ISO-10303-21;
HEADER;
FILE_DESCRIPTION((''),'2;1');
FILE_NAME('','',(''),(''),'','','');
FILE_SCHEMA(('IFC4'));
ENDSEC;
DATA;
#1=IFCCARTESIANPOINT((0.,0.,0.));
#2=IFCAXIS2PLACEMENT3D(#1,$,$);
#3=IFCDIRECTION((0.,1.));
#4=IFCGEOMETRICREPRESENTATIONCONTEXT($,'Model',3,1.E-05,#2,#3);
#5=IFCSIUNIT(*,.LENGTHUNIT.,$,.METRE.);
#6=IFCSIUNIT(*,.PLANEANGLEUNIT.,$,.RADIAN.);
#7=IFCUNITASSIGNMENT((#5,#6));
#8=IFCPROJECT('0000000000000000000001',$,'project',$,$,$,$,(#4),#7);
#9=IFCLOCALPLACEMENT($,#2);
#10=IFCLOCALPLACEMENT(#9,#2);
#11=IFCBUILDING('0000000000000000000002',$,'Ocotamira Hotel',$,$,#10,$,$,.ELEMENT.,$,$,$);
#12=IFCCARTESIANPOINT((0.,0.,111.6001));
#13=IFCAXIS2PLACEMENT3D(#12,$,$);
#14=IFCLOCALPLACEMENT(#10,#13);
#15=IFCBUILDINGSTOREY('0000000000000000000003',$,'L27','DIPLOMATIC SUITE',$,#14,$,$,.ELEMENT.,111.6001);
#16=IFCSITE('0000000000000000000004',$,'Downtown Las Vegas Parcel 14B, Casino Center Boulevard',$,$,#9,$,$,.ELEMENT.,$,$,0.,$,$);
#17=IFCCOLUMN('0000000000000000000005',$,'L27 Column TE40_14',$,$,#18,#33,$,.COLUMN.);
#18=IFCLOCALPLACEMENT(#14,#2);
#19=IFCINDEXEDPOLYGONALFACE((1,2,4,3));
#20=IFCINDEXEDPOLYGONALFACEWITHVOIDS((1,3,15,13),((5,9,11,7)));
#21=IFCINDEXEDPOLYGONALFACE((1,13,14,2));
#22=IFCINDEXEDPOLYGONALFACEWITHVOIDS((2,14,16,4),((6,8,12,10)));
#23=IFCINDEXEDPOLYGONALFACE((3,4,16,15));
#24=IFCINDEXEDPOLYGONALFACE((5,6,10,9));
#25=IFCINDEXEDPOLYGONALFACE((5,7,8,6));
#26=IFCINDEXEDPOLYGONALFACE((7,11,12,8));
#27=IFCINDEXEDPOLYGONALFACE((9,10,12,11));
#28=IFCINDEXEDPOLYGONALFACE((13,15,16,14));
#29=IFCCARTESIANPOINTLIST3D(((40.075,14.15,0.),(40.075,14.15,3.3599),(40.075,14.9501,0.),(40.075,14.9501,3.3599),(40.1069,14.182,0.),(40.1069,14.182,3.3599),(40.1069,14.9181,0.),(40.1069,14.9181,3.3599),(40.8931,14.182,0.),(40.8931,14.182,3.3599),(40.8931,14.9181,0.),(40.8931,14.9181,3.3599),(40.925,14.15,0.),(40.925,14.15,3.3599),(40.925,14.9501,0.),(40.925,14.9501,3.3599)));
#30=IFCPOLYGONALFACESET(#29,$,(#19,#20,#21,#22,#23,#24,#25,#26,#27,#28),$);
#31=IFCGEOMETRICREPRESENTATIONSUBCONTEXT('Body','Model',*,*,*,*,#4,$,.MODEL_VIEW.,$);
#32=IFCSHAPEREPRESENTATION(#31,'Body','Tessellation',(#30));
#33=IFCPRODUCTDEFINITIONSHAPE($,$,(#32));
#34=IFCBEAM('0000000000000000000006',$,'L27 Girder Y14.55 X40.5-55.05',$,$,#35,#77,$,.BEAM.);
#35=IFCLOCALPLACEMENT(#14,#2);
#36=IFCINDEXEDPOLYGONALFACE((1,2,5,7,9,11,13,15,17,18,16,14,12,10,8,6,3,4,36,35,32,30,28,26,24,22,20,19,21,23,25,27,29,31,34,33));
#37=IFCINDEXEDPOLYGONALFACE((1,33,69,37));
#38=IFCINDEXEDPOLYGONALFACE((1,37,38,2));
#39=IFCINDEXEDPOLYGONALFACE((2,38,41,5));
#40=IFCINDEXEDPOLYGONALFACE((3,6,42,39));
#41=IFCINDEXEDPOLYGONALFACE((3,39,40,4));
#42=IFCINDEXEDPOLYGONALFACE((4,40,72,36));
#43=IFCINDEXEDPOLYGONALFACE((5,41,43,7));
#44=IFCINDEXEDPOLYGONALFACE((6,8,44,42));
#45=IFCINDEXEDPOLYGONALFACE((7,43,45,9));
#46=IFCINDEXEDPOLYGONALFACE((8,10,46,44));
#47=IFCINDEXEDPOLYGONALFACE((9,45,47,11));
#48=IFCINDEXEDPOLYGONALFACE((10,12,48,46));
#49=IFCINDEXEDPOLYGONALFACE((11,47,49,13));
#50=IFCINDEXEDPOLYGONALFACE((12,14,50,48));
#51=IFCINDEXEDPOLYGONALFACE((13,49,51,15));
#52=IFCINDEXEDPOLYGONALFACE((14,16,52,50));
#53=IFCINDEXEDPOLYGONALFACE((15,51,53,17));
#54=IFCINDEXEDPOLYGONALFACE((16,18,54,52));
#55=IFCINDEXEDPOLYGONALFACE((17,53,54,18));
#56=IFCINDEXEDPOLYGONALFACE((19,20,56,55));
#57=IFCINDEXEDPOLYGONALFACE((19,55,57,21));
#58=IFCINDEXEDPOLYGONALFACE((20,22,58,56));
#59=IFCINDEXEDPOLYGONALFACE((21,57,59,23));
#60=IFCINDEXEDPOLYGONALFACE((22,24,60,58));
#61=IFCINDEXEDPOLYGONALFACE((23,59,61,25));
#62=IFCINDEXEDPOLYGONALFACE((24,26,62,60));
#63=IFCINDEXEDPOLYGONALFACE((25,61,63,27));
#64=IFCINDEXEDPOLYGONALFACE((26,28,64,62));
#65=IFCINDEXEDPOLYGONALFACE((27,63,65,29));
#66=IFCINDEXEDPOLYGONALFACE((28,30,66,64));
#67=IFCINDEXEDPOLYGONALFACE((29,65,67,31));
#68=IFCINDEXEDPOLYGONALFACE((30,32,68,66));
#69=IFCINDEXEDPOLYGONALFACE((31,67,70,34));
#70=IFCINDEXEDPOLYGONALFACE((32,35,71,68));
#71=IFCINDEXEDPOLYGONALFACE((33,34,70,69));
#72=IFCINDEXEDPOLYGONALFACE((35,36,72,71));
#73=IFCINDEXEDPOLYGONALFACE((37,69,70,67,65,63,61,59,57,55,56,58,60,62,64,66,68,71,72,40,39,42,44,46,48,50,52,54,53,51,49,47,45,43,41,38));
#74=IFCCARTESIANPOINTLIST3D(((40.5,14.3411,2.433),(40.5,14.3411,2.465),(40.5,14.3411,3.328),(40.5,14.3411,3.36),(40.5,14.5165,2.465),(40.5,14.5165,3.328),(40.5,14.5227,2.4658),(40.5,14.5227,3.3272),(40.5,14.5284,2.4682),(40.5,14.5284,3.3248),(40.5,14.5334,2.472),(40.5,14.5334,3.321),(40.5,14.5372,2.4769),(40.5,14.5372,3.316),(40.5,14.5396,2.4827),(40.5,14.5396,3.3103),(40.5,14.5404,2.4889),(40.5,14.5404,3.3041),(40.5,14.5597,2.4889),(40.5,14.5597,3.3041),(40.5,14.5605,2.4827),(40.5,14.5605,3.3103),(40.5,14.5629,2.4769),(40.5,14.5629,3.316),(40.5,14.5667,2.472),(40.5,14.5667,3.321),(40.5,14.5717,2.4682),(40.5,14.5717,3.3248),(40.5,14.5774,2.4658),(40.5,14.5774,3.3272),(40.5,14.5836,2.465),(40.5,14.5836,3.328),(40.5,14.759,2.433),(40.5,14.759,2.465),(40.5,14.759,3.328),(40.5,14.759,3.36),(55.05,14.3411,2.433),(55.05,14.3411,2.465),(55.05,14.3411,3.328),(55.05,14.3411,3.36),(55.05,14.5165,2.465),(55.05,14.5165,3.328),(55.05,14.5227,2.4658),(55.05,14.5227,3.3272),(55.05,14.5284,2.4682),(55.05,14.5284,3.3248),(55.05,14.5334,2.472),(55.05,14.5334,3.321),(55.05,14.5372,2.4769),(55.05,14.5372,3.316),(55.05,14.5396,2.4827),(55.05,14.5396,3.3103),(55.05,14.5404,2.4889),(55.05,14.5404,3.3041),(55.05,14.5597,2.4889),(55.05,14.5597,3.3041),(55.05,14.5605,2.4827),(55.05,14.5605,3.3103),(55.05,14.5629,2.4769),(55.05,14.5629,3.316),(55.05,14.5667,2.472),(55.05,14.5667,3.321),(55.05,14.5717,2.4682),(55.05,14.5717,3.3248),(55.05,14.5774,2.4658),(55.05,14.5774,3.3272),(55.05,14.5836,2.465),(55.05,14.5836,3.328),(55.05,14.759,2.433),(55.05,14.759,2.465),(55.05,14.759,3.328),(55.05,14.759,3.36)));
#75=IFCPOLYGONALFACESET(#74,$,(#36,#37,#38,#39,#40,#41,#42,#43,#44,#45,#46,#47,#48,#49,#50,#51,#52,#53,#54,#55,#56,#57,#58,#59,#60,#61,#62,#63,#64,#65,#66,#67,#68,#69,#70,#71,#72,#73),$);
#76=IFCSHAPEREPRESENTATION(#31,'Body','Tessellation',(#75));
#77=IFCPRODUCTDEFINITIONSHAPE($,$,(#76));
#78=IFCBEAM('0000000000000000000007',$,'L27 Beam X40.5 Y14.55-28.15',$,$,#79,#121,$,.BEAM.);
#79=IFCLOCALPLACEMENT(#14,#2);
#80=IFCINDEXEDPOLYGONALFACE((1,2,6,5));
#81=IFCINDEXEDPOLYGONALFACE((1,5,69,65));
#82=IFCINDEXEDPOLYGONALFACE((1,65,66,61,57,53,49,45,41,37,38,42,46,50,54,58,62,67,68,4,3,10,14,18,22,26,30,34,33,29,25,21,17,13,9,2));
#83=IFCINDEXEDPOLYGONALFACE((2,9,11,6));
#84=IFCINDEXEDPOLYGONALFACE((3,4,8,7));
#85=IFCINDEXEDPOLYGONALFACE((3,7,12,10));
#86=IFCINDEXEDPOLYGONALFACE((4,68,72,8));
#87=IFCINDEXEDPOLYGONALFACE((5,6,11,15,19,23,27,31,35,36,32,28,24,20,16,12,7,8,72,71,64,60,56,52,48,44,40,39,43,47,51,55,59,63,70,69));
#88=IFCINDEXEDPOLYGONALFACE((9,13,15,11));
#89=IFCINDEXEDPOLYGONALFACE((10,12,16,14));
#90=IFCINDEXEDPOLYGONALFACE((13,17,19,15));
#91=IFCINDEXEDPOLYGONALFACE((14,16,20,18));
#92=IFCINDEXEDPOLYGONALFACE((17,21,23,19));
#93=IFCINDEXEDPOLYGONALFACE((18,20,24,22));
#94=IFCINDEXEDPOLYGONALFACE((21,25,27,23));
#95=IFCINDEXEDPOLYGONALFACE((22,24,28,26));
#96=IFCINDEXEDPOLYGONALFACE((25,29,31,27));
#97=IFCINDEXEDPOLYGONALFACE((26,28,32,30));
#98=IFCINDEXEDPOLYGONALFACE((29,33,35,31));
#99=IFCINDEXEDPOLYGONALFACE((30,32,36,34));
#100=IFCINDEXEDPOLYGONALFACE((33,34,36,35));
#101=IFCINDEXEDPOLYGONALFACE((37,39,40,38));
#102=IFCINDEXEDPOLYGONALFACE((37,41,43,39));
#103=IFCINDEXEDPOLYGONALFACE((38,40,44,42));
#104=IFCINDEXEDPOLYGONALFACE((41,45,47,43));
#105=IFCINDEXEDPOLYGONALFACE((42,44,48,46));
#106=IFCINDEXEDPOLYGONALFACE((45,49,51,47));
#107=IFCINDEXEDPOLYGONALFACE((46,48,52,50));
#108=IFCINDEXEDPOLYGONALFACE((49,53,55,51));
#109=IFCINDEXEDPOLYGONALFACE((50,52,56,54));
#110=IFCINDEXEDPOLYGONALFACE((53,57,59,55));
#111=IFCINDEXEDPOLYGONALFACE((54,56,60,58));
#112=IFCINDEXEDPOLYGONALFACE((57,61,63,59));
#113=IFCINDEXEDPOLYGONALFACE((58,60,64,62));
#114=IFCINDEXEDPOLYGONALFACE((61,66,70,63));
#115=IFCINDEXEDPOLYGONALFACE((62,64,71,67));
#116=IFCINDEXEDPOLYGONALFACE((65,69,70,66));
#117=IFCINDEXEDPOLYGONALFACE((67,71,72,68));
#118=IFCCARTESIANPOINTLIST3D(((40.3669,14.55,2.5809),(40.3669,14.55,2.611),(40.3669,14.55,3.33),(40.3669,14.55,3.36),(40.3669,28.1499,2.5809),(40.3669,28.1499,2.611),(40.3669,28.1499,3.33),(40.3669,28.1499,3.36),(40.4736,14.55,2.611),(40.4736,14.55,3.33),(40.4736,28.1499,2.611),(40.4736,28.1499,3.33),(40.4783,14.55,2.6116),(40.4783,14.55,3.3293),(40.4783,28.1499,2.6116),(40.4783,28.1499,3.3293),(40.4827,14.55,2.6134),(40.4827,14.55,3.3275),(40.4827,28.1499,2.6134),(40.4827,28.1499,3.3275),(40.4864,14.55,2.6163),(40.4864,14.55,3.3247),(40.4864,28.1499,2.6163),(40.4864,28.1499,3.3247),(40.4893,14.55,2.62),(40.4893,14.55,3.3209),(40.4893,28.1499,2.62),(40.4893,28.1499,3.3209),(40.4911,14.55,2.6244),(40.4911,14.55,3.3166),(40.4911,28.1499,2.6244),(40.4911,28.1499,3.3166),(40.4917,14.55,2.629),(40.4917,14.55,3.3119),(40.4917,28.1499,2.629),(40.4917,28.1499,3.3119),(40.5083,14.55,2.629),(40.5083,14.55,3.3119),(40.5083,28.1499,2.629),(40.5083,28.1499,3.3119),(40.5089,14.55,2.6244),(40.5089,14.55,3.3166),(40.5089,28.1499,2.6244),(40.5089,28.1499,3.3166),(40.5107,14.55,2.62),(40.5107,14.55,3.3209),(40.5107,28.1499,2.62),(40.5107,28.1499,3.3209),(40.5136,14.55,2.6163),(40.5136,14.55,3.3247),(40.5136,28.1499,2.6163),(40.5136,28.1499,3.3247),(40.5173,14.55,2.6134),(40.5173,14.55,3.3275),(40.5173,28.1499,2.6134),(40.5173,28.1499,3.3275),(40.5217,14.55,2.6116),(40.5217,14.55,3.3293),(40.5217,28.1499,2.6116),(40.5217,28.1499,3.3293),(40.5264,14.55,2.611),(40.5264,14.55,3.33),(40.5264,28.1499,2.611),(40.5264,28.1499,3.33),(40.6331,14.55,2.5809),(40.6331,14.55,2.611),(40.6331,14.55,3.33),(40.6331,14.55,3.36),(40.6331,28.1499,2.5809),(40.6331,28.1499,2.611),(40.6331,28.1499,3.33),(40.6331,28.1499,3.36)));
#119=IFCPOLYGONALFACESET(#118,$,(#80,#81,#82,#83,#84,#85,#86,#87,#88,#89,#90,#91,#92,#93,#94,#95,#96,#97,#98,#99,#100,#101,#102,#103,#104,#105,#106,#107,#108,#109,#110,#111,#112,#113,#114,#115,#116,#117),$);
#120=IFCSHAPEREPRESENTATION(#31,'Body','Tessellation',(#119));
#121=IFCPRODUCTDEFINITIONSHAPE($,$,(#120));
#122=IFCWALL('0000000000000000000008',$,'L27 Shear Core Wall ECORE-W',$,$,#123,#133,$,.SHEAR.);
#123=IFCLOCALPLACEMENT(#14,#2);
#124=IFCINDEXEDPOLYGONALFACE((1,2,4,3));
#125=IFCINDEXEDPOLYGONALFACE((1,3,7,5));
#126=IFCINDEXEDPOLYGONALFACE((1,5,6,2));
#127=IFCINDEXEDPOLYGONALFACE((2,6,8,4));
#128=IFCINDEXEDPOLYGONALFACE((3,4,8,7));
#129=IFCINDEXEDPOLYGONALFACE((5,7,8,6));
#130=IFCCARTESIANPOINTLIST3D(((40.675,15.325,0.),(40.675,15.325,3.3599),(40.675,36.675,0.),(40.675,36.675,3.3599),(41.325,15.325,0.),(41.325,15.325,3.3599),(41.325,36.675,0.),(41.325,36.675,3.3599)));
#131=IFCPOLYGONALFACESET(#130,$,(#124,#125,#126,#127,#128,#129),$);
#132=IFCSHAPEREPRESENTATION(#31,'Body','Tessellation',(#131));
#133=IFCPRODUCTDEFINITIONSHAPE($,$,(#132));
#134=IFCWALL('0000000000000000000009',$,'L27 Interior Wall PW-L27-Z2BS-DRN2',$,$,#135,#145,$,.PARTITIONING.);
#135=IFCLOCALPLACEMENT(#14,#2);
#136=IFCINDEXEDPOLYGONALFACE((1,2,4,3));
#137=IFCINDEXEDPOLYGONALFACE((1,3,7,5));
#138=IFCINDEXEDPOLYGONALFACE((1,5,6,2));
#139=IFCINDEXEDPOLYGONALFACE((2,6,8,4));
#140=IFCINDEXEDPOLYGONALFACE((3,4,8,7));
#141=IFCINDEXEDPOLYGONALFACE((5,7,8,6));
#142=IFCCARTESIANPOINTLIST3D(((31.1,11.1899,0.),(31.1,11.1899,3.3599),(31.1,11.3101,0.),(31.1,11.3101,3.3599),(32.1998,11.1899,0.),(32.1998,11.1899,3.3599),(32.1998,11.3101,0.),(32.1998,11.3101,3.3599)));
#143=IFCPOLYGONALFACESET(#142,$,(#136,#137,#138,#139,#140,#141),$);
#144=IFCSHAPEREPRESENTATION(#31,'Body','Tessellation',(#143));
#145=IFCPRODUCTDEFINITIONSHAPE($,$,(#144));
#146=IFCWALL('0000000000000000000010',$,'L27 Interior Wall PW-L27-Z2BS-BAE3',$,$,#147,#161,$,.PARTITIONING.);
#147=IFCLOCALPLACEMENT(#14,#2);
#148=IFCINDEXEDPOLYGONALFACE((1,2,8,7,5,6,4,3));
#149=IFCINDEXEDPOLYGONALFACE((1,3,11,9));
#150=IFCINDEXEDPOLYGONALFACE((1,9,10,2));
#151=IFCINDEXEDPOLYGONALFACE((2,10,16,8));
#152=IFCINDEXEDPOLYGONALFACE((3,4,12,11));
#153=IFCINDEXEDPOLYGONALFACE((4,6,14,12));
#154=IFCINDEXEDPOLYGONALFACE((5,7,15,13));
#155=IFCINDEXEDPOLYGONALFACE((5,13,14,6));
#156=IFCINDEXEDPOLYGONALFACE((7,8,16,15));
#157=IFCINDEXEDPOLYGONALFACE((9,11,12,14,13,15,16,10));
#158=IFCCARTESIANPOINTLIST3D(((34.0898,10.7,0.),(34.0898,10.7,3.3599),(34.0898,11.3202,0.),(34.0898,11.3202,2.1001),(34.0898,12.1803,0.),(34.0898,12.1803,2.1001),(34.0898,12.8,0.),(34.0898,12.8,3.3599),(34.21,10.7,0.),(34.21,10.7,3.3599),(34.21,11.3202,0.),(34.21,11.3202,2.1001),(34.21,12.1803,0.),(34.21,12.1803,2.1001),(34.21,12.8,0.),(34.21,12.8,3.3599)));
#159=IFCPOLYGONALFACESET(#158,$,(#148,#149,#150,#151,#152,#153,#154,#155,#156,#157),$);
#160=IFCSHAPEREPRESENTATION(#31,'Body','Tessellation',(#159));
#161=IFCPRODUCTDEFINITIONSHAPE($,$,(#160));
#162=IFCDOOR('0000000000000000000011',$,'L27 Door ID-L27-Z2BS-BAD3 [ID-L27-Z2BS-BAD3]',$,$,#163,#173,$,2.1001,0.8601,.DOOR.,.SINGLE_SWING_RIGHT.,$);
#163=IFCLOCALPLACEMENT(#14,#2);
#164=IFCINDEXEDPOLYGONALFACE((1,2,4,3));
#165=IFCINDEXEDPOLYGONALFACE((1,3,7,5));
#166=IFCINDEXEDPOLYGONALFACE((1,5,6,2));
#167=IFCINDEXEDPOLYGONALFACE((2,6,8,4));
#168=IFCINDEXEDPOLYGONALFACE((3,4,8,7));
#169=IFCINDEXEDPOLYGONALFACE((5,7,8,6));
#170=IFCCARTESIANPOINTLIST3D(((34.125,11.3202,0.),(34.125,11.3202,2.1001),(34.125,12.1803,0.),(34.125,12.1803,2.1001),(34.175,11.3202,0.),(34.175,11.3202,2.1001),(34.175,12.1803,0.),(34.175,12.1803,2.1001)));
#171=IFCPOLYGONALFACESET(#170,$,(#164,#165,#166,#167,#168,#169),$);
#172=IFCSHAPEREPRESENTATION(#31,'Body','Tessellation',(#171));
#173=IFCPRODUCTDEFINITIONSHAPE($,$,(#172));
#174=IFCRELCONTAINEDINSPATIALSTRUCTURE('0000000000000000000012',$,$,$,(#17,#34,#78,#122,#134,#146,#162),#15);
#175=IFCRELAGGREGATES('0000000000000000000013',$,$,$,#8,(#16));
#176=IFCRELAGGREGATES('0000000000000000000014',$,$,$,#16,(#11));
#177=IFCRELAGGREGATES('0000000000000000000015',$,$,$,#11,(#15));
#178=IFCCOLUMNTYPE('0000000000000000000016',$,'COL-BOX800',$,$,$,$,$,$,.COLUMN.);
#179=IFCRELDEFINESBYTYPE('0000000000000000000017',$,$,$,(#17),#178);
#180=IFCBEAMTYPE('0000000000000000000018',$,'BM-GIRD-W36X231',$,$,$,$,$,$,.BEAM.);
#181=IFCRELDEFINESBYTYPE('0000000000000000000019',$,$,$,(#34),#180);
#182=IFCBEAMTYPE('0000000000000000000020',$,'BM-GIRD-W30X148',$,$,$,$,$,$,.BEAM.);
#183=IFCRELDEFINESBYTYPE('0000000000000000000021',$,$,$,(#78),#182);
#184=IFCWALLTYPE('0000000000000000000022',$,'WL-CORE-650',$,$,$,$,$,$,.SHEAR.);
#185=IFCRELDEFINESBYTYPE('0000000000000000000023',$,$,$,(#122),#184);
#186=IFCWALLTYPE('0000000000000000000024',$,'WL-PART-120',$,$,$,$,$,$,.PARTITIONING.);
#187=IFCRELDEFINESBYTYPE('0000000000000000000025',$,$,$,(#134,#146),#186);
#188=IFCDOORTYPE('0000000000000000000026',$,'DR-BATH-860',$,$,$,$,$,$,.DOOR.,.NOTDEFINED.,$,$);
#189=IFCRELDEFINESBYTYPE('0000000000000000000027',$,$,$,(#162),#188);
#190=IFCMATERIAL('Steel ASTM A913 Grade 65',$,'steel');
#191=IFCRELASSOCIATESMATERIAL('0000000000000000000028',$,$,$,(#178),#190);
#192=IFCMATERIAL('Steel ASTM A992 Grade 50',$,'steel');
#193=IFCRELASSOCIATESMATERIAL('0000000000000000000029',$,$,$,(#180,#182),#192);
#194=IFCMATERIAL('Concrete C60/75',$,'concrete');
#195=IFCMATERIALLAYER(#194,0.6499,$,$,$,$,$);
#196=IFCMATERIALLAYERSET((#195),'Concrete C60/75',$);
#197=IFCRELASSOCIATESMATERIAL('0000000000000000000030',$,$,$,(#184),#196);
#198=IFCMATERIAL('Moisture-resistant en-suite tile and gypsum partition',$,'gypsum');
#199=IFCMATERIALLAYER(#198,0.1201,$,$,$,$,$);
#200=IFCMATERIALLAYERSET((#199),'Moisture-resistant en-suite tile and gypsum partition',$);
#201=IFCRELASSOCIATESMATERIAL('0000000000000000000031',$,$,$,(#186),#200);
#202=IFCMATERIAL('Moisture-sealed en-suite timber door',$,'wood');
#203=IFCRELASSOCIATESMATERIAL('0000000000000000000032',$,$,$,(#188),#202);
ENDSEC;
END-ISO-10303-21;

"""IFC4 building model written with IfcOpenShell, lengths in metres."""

from ifc_helpers import new_model, si_unit, direction, frame, frame_2d, origin, origin_2d, place, context, subcontext, project, spatial, rectangle, hollow_rectangle, i_section, extrude, source, transform, mapped, material, layer, layer_set, material_profile, profile_set, type_object, element, fill, save


model = new_model("IFC4")

# Units and contexts
model_context = context("Model", 3, precision=1e-05, world=origin(), true_north=direction((0.0, 1.0)))
body_context = subcontext(model_context, "Body", "Model", "MODEL_VIEW")
ifc_project = project(units=[si_unit("LENGTHUNIT", "METRE"), si_unit("PLANEANGLEUNIT", "RADIAN")], contexts=[model_context])

# Site, building, storey
site_placement = place(None, origin())
site = spatial("IfcSite", under=ifc_project, at=site_placement, Name="Downtown Las Vegas Parcel 14B, Casino Center Boulevard", CompositionType="ELEMENT", RefElevation=0.0)
building_placement = place(site_placement, origin())
building = spatial("IfcBuilding", under=site, at=building_placement, Name="Ocotamira Hotel", CompositionType="ELEMENT")
storey_placement = place(building_placement, frame((0.0, 0.0, 111.6001)))
storey = spatial("IfcBuildingStorey", under=building, at=storey_placement, Name="L27", Description="DIPLOMATIC SUITE", CompositionType="ELEMENT", Elevation=111.6001)

# Column
ifc_material_1 = material(Name="Steel ASTM A913 Grade 65", Category="steel")
ifc_material_profile_1 = material_profile(ifc_material_1, hollow_rectangle(XDim=0.8501, YDim=0.8, WallThickness=0.032, at=origin_2d()), Name="BOX800X850X32")
ifc_profile_set_1 = profile_set([ifc_material_profile_1], Name="Steel ASTM A913 Grade 65")
column_type = type_object("IfcColumnType", Name="COL-BOX800", PredefinedType="COLUMN", material=ifc_profile_set_1)
shared_shape_1 = source(origin(), body_context, "Body", "SweptSolid", [
    extrude(hollow_rectangle(XDim=0.8501, YDim=0.8, WallThickness=0.032, at=origin_2d()), origin(), (0.0, 0.0, 1.0), 3.3599),
])
column_placement = place(storey_placement, frame((40.5, 14.55, 0.0), z_axis=(0.0, 0.0, 1.0), x_axis=(1.0, 0.0, 0.0)))
element("IfcColumn", 1, at=column_placement, inside=storey, type_object=column_type, Name="L27 Column TE40_14", PredefinedType="COLUMN", context=body_context, shape_type="MappedRepresentation", body=[
    mapped(shared_shape_1, transform((0.0, 0.0, 0.0), scale=1.0)),
])

# Beams
ifc_material_2 = material(Name="Steel ASTM A992 Grade 50", Category="steel")
ifc_material_profile_2 = material_profile(ifc_material_2, i_section(OverallWidth=0.418, OverallDepth=0.927, WebThickness=0.0193, FlangeThickness=0.032, FilletRadius=0.0239, at=origin_2d()), Name="W36X231")
ifc_profile_set_2 = profile_set([ifc_material_profile_2], Name="Steel ASTM A992 Grade 50")
beam_type_1 = type_object("IfcBeamType", Name="BM-GIRD-W36X231", PredefinedType="BEAM", material=ifc_profile_set_2)
shared_shape_2 = source(origin(), body_context, "Body", "SweptSolid", [
    extrude(i_section(OverallWidth=0.418, OverallDepth=0.927, WebThickness=0.0193, FlangeThickness=0.032, FilletRadius=0.0239, at=origin_2d()), origin(), (0.0, 0.0, 1.0), 14.55),
])
beam_1_placement = place(storey_placement, frame((40.5, 14.55, 2.8965), z_axis=(1.0, 0.0, 0.0), x_axis=(0.0, 1.0, 0.0)))
element("IfcBeam", 2, at=beam_1_placement, inside=storey, type_object=beam_type_1, Name="L27 Girder Y14.55 X40.5-55.05", PredefinedType="BEAM", context=body_context, shape_type="MappedRepresentation", body=[
    mapped(shared_shape_2, transform((0.0, 0.0, 0.0), scale=1.0)),
])
ifc_material_profile_3 = material_profile(ifc_material_2, i_section(OverallWidth=0.2661, OverallDepth=0.7791, WebThickness=0.0166, FlangeThickness=0.03, FilletRadius=0.0181, at=origin_2d()), Name="W30X148")
ifc_profile_set_3 = profile_set([ifc_material_profile_3], Name="Steel ASTM A992 Grade 50")
beam_type_2 = type_object("IfcBeamType", Name="BM-GIRD-W30X148", PredefinedType="BEAM", material=ifc_profile_set_3)
shared_shape_3 = source(origin(), body_context, "Body", "SweptSolid", [
    extrude(i_section(OverallWidth=0.2661, OverallDepth=0.7791, WebThickness=0.0166, FlangeThickness=0.03, FilletRadius=0.0181, at=origin_2d()), origin(), (0.0, 0.0, 1.0), 13.5999),
])
beam_2_placement = place(storey_placement, frame((40.5, 14.55, 2.9705), z_axis=(0.0, 1.0, 0.0), x_axis=(-1.0, 0.0, 0.0)))
element("IfcBeam", 3, at=beam_2_placement, inside=storey, type_object=beam_type_2, Name="L27 Beam X40.5 Y14.55-28.15", PredefinedType="BEAM", context=body_context, shape_type="MappedRepresentation", body=[
    mapped(shared_shape_3, transform((0.0, 0.0, 0.0), scale=1.0)),
])

# Shared definitions
ifc_material_3 = material(Name="Concrete C60/75", Category="concrete")
ifc_layer_1 = layer(ifc_material_3, 0.6499)
ifc_layer_set_1 = layer_set([ifc_layer_1], Name="Concrete C60/75")
wall_type_1 = type_object("IfcWallType", Name="WL-CORE-650", PredefinedType="SHEAR", material=ifc_layer_set_1)

# Walls
wall_1_placement = place(storey_placement, frame((41.0, 15.325, 0.0), z_axis=(0.0, 0.0, 1.0), x_axis=(0.0, 1.0, 0.0)))
element("IfcWall", 4, at=wall_1_placement, inside=storey, type_object=wall_type_1, Name="L27 Shear Core Wall ECORE-W", PredefinedType="SHEAR", context=body_context, shape_type="SweptSolid", body=[
    extrude(rectangle(XDim=21.3501, YDim=0.6499, at=frame_2d((10.675, 0.0))), origin(), (0.0, 0.0, 1.0), 3.3599),
])
ifc_material_4 = material(Name="Moisture-resistant en-suite tile and gypsum partition", Category="gypsum")
ifc_layer_2 = layer(ifc_material_4, 0.1201)
ifc_layer_set_2 = layer_set([ifc_layer_2], Name="Moisture-resistant en-suite tile and gypsum partition")
wall_type_2 = type_object("IfcWallType", Name="WL-PART-120", PredefinedType="PARTITIONING", material=ifc_layer_set_2)
wall_2_placement = place(storey_placement, frame((31.1001, 11.25, 0.0), z_axis=(0.0, 0.0, 1.0), x_axis=(1.0, 0.0, 0.0)))
element("IfcWall", 5, at=wall_2_placement, inside=storey, type_object=wall_type_2, Name="L27 Interior Wall PW-L27-Z2BS-DRN2", PredefinedType="PARTITIONING", context=body_context, shape_type="SweptSolid", body=[
    extrude(rectangle(XDim=1.0999, YDim=0.1201, at=frame_2d((0.5498, 0.0))), origin(), (0.0, 0.0, 1.0), 3.3599),
])

# Wall, opening, door
wall_3_placement = place(storey_placement, frame((34.1499, 10.7, 0.0), z_axis=(0.0, 0.0, 1.0), x_axis=(0.0, 1.0, 0.0)))
wall_3 = element("IfcWall", 6, at=wall_3_placement, inside=storey, type_object=wall_type_2, Name="L27 Interior Wall PW-L27-Z2BS-BAE3", PredefinedType="PARTITIONING", context=body_context, shape_type="SweptSolid", body=[
    extrude(rectangle(XDim=2.1001, YDim=0.1201, at=frame_2d((1.05, 0.0))), origin(), (0.0, 0.0, 1.0), 3.3599),
])
opening_1_placement = place(wall_3_placement, frame((0.6201, 0.0, 0.0)))
opening_1 = element("IfcOpeningElement", 7, at=opening_1_placement, cuts=wall_3, PredefinedType="OPENING", context=body_context, shape_type="SweptSolid", body=[
    extrude(rectangle(XDim=0.8601, YDim=2.1001, at=frame_2d((0.4302, 1.05))), frame((0.0, 0.0701, 0.0), z_axis=(0.0, -1.0, 0.0), x_axis=(1.0, 0.0, 0.0)), (0.0, 0.0, 1.0), 0.1401),
])
ifc_material_5 = material(Name="Moisture-sealed en-suite timber door", Category="wood")
door_type_1 = type_object("IfcDoorType", Name="DR-BATH-860", OperationType="NOTDEFINED", PredefinedType="DOOR", material=ifc_material_5)
shared_shape_4 = source(origin(), body_context, "Body", "SweptSolid", [
    extrude(rectangle(XDim=0.8601, YDim=2.1001, at=frame_2d((0.4302, 1.05))), frame((0.0, 0.0249, 0.0), z_axis=(0.0, -1.0, 0.0), x_axis=(1.0, 0.0, 0.0)), (0.0, 0.0, 1.0), 0.05),
])
door_1_placement = place(opening_1_placement, origin())
door_1 = element("IfcDoor", 8, at=door_1_placement, inside=storey, type_object=door_type_1, Name="L27 Door ID-L27-Z2BS-BAD3 [ID-L27-Z2BS-BAD3]", OperationType="SINGLE_SWING_RIGHT", OverallHeight=2.1001, OverallWidth=0.8601, PredefinedType="DOOR", context=body_context, shape_type="MappedRepresentation", body=[
    mapped(shared_shape_4, transform((0.0, 0.0, 0.0), scale=1.0)),
])
fill(opening_1, door_1)

save(model, "model.ifc")
